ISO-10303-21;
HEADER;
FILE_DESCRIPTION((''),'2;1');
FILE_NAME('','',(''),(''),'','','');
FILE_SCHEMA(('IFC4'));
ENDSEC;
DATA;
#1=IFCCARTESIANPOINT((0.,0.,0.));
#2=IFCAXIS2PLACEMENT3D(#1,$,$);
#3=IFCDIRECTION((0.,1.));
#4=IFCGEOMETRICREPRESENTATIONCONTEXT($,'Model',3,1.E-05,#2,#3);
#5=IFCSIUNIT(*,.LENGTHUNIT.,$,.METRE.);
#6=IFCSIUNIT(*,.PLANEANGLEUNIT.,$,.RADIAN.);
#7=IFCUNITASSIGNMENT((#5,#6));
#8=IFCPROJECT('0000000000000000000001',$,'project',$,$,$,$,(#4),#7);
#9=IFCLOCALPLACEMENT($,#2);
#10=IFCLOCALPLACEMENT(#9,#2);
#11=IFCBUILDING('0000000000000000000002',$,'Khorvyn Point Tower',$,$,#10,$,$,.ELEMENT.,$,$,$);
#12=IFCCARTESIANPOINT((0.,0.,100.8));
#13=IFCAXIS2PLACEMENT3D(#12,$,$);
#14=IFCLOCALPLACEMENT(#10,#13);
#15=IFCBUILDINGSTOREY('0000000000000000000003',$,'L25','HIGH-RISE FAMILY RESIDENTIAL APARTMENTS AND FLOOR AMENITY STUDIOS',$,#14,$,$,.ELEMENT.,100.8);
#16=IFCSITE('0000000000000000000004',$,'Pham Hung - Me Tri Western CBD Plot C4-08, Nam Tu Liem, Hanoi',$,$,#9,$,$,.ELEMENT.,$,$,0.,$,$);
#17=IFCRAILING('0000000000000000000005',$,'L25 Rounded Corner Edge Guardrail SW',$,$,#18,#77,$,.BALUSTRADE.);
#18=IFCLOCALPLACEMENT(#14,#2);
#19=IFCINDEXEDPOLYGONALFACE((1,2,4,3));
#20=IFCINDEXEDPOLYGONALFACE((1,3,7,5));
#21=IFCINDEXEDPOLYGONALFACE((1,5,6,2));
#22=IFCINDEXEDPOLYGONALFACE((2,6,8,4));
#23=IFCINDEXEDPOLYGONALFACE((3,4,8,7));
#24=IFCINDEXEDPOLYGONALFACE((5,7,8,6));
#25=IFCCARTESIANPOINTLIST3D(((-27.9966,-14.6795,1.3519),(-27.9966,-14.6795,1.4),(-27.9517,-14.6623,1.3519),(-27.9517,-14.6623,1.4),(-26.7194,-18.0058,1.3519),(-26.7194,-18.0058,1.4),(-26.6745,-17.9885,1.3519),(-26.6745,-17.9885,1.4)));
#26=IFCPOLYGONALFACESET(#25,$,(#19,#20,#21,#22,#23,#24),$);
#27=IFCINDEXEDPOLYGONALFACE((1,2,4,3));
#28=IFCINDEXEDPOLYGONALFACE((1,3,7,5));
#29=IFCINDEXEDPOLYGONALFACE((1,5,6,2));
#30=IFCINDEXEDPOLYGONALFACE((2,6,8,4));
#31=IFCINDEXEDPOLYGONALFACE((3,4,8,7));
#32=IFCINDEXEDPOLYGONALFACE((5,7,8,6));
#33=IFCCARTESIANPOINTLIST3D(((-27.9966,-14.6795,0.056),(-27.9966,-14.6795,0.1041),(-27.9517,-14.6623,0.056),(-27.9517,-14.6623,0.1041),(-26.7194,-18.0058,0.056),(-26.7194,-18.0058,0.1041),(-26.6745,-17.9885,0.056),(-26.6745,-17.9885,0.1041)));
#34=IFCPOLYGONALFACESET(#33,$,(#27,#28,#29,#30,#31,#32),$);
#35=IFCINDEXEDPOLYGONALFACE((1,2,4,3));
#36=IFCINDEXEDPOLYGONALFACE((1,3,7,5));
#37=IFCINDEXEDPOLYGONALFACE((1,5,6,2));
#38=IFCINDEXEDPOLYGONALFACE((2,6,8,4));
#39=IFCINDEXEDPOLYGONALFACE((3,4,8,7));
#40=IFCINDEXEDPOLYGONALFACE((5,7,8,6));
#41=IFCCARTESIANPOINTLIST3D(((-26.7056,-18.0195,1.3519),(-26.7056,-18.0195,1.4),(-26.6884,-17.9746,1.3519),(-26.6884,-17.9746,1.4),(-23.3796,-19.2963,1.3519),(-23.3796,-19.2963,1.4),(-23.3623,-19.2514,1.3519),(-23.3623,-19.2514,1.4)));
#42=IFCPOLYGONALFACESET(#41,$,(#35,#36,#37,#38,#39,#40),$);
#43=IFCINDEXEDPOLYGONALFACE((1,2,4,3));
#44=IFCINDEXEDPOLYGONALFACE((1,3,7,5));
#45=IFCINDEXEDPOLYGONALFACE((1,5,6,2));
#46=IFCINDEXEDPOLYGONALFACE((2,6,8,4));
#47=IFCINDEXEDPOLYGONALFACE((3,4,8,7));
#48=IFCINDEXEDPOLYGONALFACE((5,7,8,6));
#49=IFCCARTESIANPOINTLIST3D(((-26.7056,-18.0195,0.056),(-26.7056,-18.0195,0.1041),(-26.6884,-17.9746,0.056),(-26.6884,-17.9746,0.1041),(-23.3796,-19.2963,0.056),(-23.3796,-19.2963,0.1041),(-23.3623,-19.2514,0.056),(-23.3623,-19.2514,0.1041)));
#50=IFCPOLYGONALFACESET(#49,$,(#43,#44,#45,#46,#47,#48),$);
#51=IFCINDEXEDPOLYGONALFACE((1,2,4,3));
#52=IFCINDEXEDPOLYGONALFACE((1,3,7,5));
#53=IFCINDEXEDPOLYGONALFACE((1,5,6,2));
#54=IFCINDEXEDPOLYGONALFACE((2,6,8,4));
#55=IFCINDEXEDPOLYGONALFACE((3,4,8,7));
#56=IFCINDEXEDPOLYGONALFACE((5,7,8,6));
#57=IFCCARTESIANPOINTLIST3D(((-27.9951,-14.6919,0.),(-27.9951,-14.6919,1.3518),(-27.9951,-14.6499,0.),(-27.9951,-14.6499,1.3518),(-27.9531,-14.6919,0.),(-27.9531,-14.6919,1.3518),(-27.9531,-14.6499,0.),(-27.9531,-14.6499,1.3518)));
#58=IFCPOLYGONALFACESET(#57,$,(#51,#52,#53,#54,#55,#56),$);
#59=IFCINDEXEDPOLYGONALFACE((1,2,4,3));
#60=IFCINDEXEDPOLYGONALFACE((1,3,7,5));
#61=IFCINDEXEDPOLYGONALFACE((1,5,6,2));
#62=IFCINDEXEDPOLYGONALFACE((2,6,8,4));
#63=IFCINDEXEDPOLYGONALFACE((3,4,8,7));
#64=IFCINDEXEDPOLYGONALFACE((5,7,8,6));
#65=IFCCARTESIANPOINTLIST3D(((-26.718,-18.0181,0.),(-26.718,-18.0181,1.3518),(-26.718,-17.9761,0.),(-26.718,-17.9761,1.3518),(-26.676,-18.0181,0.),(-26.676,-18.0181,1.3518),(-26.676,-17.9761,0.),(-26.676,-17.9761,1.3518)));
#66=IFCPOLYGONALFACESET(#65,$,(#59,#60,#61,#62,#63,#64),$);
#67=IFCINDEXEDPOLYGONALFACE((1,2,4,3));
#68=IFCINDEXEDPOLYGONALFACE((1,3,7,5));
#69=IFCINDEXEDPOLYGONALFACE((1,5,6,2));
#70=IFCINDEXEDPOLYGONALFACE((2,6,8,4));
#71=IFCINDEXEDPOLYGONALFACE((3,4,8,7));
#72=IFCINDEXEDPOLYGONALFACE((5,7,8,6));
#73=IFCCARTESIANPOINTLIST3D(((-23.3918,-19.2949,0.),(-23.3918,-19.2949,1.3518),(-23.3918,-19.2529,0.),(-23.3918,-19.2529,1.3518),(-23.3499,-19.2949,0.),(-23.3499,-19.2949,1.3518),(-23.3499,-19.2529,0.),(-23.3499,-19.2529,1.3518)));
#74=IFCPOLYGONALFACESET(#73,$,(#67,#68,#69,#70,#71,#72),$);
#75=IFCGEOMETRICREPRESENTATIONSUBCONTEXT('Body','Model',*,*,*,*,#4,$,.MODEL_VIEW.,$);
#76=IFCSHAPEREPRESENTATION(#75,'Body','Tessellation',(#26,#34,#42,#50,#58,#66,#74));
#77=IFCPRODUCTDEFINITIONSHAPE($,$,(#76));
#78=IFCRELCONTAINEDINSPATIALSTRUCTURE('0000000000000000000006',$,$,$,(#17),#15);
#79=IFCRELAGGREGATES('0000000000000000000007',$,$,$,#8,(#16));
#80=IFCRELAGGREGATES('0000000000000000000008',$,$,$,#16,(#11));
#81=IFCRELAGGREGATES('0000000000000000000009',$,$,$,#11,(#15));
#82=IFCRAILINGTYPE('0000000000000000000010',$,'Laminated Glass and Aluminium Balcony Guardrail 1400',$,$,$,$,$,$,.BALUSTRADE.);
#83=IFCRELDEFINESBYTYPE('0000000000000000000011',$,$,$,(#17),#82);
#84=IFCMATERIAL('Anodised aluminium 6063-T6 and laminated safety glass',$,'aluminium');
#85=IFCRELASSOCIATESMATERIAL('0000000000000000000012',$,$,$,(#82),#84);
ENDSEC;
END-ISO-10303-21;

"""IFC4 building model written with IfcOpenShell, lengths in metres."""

from ifc_helpers import new_model, si_unit, direction, frame, origin, origin_2d, place, context, subcontext, project, spatial, rectangle, extrude, material, type_object, element, save


model = new_model("IFC4")

# Units and contexts
model_context = context("Model", 3, precision=1e-05, world=origin(), true_north=direction((0.0, 1.0)))
body_context = subcontext(model_context, "Body", "Model", "MODEL_VIEW")
ifc_project = project(units=[si_unit("LENGTHUNIT", "METRE"), si_unit("PLANEANGLEUNIT", "RADIAN")], contexts=[model_context])

# Site, building, storey
site_placement = place(None, origin())
site = spatial("IfcSite", under=ifc_project, at=site_placement, Name="Pham Hung - Me Tri Western CBD Plot C4-08, Nam Tu Liem, Hanoi", CompositionType="ELEMENT", RefElevation=0.0)
building_placement = place(site_placement, origin())
building = spatial("IfcBuilding", under=site, at=building_placement, Name="Khorvyn Point Tower", CompositionType="ELEMENT")
storey_placement = place(building_placement, frame((0.0, 0.0, 100.8)))
storey = spatial("IfcBuildingStorey", under=building, at=storey_placement, Name="L25", Description="HIGH-RISE FAMILY RESIDENTIAL APARTMENTS AND FLOOR AMENITY STUDIOS", CompositionType="ELEMENT", Elevation=100.8)

# Railing
ifc_material_1 = material(Name="Anodised aluminium 6063-T6 and laminated safety glass", Category="aluminium")
railing_type = type_object("IfcRailingType", Name="Laminated Glass and Aluminium Balcony Guardrail 1400", PredefinedType="BALUSTRADE", material=ifc_material_1)
railing_placement = place(storey_placement, frame((-27.9741, -14.6709, 0.0)))
element("IfcRailing", 1, at=railing_placement, inside=storey, type_object=railing_type, Name="L25 Rounded Corner Edge Guardrail SW", PredefinedType="BALUSTRADE", context=body_context, shape_type="SweptSolid", body=[
    extrude(rectangle(XDim=0.0481, YDim=0.0481, at=origin_2d()), frame((0.0, 0.0, 1.376), z_axis=(0.358442, -0.933552, 0.0), x_axis=(0.933552, 0.358442, 0.0)), (0.0, 0.0, 1.0), 3.563),
    extrude(rectangle(XDim=0.0481, YDim=0.0481, at=origin_2d()), frame((0.0, 0.0, 0.0801), z_axis=(0.358442, -0.933552, 0.0), x_axis=(0.933552, 0.358442, 0.0)), (0.0, 0.0, 1.0), 3.563),
    extrude(rectangle(XDim=0.0481, YDim=0.0481, at=origin_2d()), frame((1.2771, -3.3262, 1.376), z_axis=(0.933575, -0.358382, 0.0), x_axis=(0.358382, 0.933575, 0.0)), (0.0, 0.0, 1.0), 3.5627),
    extrude(rectangle(XDim=0.0481, YDim=0.0481, at=origin_2d()), frame((1.2771, -3.3262, 0.0801), z_axis=(0.933575, -0.358382, 0.0), x_axis=(0.358382, 0.933575, 0.0)), (0.0, 0.0, 1.0), 3.5627),
    extrude(rectangle(XDim=0.042, YDim=0.042, at=origin_2d()), origin(), (0.0, 0.0, 1.0), 1.3518),
    extrude(rectangle(XDim=0.042, YDim=0.042, at=origin_2d()), frame((1.2771, -3.3262, 0.0)), (0.0, 0.0, 1.0), 1.3518),
    extrude(rectangle(XDim=0.042, YDim=0.042, at=origin_2d()), frame((4.6033, -4.603, 0.0)), (0.0, 0.0, 1.0), 1.3518),
])

save(model, "model.ifc")
